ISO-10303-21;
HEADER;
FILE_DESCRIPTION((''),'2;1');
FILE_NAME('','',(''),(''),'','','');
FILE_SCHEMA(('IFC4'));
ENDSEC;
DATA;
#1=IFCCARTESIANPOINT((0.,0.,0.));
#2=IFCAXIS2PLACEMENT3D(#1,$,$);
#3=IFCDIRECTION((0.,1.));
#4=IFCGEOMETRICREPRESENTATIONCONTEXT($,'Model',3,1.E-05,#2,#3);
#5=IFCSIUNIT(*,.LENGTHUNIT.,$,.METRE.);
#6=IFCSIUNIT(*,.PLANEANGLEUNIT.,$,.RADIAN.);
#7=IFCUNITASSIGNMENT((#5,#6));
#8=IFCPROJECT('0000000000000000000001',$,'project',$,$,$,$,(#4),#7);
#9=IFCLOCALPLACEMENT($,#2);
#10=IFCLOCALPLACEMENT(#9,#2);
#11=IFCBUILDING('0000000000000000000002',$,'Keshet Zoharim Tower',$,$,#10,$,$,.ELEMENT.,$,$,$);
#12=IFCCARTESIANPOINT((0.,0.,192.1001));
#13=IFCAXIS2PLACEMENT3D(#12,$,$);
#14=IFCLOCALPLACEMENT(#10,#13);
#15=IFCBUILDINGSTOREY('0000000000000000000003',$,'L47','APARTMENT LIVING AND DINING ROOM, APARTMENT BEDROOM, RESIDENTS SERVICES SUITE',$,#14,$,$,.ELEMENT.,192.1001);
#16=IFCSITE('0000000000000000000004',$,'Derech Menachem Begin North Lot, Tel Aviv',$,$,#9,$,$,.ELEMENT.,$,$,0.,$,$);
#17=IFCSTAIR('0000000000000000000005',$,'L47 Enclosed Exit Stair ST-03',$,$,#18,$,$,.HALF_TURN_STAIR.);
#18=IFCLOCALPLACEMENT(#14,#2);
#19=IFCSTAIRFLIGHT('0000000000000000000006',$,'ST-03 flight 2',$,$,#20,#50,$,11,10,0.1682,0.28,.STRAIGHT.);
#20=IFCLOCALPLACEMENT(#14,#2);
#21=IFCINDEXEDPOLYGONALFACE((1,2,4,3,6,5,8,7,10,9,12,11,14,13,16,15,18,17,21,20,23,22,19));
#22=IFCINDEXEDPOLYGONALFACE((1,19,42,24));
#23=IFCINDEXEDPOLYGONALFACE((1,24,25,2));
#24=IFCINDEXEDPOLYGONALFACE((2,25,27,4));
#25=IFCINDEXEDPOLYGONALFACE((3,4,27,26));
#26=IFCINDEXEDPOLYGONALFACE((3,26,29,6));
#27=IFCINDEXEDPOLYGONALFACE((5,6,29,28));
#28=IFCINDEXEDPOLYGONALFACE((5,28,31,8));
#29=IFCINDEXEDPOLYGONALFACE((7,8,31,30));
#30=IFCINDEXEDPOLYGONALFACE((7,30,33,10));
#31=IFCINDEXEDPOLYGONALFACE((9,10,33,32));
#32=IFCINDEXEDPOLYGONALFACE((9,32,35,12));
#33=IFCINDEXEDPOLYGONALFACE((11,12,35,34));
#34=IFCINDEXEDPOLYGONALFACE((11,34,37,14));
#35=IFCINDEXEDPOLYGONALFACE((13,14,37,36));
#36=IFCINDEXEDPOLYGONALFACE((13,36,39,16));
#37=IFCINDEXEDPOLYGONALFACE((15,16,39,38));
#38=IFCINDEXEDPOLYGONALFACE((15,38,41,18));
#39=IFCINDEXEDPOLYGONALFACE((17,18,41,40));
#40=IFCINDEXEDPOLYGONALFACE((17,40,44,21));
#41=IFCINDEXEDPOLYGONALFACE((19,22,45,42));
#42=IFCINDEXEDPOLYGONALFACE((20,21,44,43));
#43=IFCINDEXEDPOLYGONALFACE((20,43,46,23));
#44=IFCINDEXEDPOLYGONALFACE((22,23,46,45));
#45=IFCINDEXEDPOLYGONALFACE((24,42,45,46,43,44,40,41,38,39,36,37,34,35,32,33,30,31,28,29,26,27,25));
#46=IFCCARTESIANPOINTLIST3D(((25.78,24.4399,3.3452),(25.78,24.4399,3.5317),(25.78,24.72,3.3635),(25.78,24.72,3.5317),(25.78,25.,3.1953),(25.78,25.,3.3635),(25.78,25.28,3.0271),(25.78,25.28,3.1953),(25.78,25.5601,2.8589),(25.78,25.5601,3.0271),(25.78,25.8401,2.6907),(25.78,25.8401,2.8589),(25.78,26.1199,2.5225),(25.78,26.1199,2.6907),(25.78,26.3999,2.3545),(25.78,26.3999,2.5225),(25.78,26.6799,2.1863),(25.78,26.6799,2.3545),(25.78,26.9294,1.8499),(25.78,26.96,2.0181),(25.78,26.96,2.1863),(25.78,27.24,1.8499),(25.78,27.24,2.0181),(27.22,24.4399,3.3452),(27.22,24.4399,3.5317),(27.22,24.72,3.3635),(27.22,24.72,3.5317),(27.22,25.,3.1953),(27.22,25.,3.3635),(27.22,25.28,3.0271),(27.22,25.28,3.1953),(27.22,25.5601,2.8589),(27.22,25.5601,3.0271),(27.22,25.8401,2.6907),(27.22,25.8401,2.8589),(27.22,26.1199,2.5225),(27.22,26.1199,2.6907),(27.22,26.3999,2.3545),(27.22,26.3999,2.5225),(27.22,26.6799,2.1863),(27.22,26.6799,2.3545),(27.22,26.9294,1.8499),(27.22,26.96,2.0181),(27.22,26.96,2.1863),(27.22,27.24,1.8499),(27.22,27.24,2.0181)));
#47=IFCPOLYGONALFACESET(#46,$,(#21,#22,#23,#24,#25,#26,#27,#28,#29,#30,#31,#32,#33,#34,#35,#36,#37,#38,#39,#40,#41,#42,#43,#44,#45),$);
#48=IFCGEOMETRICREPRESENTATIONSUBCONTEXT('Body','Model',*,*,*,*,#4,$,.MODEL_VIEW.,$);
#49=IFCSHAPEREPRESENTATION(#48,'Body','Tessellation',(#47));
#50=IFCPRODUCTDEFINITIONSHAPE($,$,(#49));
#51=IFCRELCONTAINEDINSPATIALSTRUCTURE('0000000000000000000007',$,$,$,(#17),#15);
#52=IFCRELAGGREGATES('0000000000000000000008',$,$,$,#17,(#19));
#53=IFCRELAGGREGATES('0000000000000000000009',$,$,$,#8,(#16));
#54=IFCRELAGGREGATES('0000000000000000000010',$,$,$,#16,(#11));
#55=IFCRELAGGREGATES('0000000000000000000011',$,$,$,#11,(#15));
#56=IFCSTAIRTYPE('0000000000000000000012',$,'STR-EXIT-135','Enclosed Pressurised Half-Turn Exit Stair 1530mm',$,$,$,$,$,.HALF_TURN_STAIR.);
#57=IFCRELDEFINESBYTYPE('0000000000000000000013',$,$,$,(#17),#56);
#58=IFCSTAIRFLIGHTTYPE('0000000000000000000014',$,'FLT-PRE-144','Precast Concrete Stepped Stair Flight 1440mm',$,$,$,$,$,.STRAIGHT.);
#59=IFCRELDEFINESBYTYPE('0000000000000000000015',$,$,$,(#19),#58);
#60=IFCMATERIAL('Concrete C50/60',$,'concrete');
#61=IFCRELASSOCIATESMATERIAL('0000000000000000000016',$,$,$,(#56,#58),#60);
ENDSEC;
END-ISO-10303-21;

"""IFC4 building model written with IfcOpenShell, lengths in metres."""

from ifc_helpers import new_model, si_unit, direction, frame, origin, place, context, subcontext, project, spatial, polyline, outline, extrude, material, type_object, element, aggregate, save


model = new_model("IFC4")

# Units and contexts
model_context = context("Model", 3, precision=1e-05, world=origin(), true_north=direction((0.0, 1.0)))
body_context = subcontext(model_context, "Body", "Model", "MODEL_VIEW")
ifc_project = project(units=[si_unit("LENGTHUNIT", "METRE"), si_unit("PLANEANGLEUNIT", "RADIAN")], contexts=[model_context])

# Site, building, storey
site_placement = place(None, origin())
site = spatial("IfcSite", under=ifc_project, at=site_placement, Name="Derech Menachem Begin North Lot, Tel Aviv", CompositionType="ELEMENT", RefElevation=0.0)
building_placement = place(site_placement, origin())
building = spatial("IfcBuilding", under=site, at=building_placement, Name="Keshet Zoharim Tower", CompositionType="ELEMENT")
storey_placement = place(building_placement, frame((0.0, 0.0, 192.1001)))
storey = spatial("IfcBuildingStorey", under=building, at=storey_placement, Name="L47", Description="APARTMENT LIVING AND DINING ROOM, APARTMENT BEDROOM, RESIDENTS SERVICES SUITE", CompositionType="ELEMENT", Elevation=192.1001)

# Shared definitions
ifc_material_1 = material(Name="Concrete C50/60", Category="concrete")

# Stair, stair flight
stair_type = type_object("IfcStairType", Name="STR-EXIT-135", Description="Enclosed Pressurised Half-Turn Exit Stair 1530mm", PredefinedType="HALF_TURN_STAIR", material=ifc_material_1)
stair_1_placement = place(storey_placement, origin())
stair_1 = element("IfcStair", 1, at=stair_1_placement, inside=storey, type_object=stair_type, Name="L47 Enclosed Exit Stair ST-03", PredefinedType="HALF_TURN_STAIR")
stair_flight_type_1 = type_object("IfcStairFlightType", Name="FLT-PRE-144", Description="Precast Concrete Stepped Stair Flight 1440mm", PredefinedType="STRAIGHT", material=ifc_material_1)
stair_flight_1_placement = place(storey_placement, frame((26.5, 27.24, 1.8499), z_axis=(0.0, 0.0, 1.0), x_axis=(0.0, -1.0, 0.0)))
stair_flight_1 = element("IfcStairFlight", 2, at=stair_flight_1_placement, type_object=stair_flight_type_1, Name="ST-03 flight 2", NumberOfRisers=11, NumberOfTreads=10, PredefinedType="STRAIGHT", RiserHeight=0.1682, TreadLength=0.28, context=body_context, shape_type="SweptSolid", body=[
    extrude(outline(polyline([(0.0, 0.0), (0.0, 0.1682), (0.28, 0.1682), (0.28, 0.3364), (0.5601, 0.3364), (0.5601, 0.5046), (0.8401, 0.5046), (0.8401, 0.6726), (1.1201, 0.6726), (1.1201, 0.8408), (1.3999, 0.8408), (1.3999, 1.009), (1.6799, 1.009), (1.6799, 1.1772), (1.96, 1.1772), (1.96, 1.3455), (2.24, 1.3455), (2.24, 1.5137), (2.52, 1.5137), (2.52, 1.6819), (2.8, 1.6819), (2.8, 1.8501), (2.8, 1.4954), (0.3105, 0.0), (0.0, 0.0)])), frame((0.0, 0.72, 0.0), z_axis=(0.0, -1.0, 0.0), x_axis=(1.0, 0.0, 0.0)), (0.0, 0.0, 1.0), 1.4399),
])
aggregate(stair_1, [stair_flight_1])

save(model, "model.ifc")
